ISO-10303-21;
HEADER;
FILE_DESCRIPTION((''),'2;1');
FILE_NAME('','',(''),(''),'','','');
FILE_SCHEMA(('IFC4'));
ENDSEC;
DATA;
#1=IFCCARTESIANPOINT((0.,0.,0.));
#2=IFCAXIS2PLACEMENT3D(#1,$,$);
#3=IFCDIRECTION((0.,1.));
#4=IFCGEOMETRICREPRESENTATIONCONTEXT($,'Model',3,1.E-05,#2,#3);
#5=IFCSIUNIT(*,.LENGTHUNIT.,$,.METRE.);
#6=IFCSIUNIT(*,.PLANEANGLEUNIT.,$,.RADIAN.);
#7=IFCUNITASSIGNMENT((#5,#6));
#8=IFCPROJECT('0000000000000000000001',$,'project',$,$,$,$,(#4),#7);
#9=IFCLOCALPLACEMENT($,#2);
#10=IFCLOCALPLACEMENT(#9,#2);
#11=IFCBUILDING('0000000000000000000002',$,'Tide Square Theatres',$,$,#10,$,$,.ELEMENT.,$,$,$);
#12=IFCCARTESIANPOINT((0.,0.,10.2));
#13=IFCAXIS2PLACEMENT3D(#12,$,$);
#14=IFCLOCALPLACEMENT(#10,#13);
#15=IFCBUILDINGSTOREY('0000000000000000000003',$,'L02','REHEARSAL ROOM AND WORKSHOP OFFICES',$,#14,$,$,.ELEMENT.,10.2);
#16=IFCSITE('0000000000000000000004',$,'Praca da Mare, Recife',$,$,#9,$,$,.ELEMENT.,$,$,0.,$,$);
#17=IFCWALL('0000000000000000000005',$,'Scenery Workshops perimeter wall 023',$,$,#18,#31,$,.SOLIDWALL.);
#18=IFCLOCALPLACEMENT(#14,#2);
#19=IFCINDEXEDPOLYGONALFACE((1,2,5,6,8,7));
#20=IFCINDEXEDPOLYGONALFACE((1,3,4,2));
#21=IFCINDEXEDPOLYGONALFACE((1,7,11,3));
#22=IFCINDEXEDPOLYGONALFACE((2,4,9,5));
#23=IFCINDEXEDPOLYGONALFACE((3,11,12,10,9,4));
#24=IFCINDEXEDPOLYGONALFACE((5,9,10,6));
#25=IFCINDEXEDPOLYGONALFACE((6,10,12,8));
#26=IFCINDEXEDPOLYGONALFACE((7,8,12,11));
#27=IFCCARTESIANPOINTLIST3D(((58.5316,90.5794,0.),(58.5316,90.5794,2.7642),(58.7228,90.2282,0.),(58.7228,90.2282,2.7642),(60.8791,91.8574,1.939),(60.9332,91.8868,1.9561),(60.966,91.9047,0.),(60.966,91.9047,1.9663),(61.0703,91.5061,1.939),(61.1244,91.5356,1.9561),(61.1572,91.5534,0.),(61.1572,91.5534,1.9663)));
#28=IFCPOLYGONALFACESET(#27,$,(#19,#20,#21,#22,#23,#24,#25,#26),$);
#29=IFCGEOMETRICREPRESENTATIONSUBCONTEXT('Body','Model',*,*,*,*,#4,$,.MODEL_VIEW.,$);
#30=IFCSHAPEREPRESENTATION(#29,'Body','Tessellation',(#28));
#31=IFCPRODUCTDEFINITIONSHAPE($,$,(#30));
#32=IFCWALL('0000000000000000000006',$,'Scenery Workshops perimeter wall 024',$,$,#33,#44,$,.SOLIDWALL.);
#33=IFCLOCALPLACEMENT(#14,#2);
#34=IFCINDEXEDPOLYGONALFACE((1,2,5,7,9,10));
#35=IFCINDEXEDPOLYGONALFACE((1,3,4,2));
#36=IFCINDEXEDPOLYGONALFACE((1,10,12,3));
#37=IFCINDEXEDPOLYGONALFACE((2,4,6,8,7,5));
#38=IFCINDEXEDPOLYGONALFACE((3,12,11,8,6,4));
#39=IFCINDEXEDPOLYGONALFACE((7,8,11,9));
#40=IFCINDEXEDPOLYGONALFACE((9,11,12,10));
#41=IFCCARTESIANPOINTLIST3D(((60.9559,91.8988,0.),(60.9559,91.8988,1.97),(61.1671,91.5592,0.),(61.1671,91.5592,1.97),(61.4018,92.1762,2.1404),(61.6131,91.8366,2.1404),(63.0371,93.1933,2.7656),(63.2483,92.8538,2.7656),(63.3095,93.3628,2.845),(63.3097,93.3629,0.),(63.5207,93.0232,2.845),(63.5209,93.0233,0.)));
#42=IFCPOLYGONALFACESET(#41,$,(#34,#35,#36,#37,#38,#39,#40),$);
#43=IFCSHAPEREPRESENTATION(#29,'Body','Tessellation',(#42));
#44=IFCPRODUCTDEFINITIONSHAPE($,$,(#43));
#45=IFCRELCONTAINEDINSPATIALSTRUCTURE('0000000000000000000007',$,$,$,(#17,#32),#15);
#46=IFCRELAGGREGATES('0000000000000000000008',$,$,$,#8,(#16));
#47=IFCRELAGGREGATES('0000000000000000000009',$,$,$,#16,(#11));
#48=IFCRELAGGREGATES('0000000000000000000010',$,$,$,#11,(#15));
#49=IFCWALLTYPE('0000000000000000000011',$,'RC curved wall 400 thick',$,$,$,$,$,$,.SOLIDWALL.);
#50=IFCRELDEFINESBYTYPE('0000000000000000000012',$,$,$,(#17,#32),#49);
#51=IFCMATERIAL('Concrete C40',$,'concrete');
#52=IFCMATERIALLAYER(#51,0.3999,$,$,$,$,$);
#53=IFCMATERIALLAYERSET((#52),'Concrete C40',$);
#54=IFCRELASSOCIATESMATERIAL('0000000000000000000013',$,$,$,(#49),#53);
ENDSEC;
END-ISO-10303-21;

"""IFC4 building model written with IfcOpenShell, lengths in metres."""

from ifc_helpers import new_model, si_unit, direction, frame, origin, place, context, subcontext, project, spatial, polyline, outline, extrude, material, layer, layer_set, type_object, element, save


model = new_model("IFC4")

# Units and contexts
model_context = context("Model", 3, precision=1e-05, world=origin(), true_north=direction((0.0, 1.0)))
body_context = subcontext(model_context, "Body", "Model", "MODEL_VIEW")
ifc_project = project(units=[si_unit("LENGTHUNIT", "METRE"), si_unit("PLANEANGLEUNIT", "RADIAN")], contexts=[model_context])

# Site, building, storey
site_placement = place(None, origin())
site = spatial("IfcSite", under=ifc_project, at=site_placement, Name="Praca da Mare, Recife", CompositionType="ELEMENT", RefElevation=0.0)
building_placement = place(site_placement, origin())
building = spatial("IfcBuilding", under=site, at=building_placement, Name="Tide Square Theatres", CompositionType="ELEMENT")
storey_placement = place(building_placement, frame((0.0, 0.0, 10.2)))
storey = spatial("IfcBuildingStorey", under=building, at=storey_placement, Name="L02", Description="REHEARSAL ROOM AND WORKSHOP OFFICES", CompositionType="ELEMENT", Elevation=10.2)

# Walls
ifc_material_1 = material(Name="Concrete C40", Category="concrete")
ifc_layer_1 = layer(ifc_material_1, 0.3999)
ifc_layer_set_1 = layer_set([ifc_layer_1], Name="Concrete C40")
wall_type_1 = type_object("IfcWallType", Name="RC curved wall 400 thick", PredefinedType="SOLIDWALL", material=ifc_layer_set_1)
wall_1_placement = place(storey_placement, frame((58.6272, 90.4038, 0.0), z_axis=(0.0, 0.0, 1.0), x_axis=(0.878292, 0.478124, 0.0)))
element("IfcWall", 1, at=wall_1_placement, inside=storey, type_object=wall_type_1, Name="Scenery Workshops perimeter wall 023", PredefinedType="SOLIDWALL", context=body_context, shape_type="SweptSolid", body=[
    extrude(outline(polyline([(0.0, 0.0), (2.7717, 0.0), (2.7717, 1.9663), (2.7344, 1.9561), (2.6729, 1.939), (0.0, 2.7642), (0.0, 0.0)])), frame((0.0, 0.2, 0.0), z_axis=(0.0, -1.0, 0.0), x_axis=(1.0, 0.0, 0.0)), (0.0, 0.0, 1.0), 0.3999),
])
wall_2_placement = place(storey_placement, frame((61.0615, 91.729, 0.0), z_axis=(0.0, 0.0, 1.0), x_axis=(0.849129, 0.528185, 0.0)))
element("IfcWall", 2, at=wall_2_placement, inside=storey, type_object=wall_type_1, Name="Scenery Workshops perimeter wall 024", PredefinedType="SOLIDWALL", context=body_context, shape_type="SweptSolid", body=[
    extrude(outline(polyline([(0.0, 0.0), (2.772, 0.0), (2.7717, 2.845), (2.4509, 2.7656), (0.5251, 2.1404), (0.0, 1.97), (0.0, 0.0)])), frame((0.0, 0.2, 0.0), z_axis=(0.0, -1.0, 0.0), x_axis=(1.0, 0.0, 0.0)), (0.0, 0.0, 1.0), 0.3999),
])

save(model, "model.ifc")
